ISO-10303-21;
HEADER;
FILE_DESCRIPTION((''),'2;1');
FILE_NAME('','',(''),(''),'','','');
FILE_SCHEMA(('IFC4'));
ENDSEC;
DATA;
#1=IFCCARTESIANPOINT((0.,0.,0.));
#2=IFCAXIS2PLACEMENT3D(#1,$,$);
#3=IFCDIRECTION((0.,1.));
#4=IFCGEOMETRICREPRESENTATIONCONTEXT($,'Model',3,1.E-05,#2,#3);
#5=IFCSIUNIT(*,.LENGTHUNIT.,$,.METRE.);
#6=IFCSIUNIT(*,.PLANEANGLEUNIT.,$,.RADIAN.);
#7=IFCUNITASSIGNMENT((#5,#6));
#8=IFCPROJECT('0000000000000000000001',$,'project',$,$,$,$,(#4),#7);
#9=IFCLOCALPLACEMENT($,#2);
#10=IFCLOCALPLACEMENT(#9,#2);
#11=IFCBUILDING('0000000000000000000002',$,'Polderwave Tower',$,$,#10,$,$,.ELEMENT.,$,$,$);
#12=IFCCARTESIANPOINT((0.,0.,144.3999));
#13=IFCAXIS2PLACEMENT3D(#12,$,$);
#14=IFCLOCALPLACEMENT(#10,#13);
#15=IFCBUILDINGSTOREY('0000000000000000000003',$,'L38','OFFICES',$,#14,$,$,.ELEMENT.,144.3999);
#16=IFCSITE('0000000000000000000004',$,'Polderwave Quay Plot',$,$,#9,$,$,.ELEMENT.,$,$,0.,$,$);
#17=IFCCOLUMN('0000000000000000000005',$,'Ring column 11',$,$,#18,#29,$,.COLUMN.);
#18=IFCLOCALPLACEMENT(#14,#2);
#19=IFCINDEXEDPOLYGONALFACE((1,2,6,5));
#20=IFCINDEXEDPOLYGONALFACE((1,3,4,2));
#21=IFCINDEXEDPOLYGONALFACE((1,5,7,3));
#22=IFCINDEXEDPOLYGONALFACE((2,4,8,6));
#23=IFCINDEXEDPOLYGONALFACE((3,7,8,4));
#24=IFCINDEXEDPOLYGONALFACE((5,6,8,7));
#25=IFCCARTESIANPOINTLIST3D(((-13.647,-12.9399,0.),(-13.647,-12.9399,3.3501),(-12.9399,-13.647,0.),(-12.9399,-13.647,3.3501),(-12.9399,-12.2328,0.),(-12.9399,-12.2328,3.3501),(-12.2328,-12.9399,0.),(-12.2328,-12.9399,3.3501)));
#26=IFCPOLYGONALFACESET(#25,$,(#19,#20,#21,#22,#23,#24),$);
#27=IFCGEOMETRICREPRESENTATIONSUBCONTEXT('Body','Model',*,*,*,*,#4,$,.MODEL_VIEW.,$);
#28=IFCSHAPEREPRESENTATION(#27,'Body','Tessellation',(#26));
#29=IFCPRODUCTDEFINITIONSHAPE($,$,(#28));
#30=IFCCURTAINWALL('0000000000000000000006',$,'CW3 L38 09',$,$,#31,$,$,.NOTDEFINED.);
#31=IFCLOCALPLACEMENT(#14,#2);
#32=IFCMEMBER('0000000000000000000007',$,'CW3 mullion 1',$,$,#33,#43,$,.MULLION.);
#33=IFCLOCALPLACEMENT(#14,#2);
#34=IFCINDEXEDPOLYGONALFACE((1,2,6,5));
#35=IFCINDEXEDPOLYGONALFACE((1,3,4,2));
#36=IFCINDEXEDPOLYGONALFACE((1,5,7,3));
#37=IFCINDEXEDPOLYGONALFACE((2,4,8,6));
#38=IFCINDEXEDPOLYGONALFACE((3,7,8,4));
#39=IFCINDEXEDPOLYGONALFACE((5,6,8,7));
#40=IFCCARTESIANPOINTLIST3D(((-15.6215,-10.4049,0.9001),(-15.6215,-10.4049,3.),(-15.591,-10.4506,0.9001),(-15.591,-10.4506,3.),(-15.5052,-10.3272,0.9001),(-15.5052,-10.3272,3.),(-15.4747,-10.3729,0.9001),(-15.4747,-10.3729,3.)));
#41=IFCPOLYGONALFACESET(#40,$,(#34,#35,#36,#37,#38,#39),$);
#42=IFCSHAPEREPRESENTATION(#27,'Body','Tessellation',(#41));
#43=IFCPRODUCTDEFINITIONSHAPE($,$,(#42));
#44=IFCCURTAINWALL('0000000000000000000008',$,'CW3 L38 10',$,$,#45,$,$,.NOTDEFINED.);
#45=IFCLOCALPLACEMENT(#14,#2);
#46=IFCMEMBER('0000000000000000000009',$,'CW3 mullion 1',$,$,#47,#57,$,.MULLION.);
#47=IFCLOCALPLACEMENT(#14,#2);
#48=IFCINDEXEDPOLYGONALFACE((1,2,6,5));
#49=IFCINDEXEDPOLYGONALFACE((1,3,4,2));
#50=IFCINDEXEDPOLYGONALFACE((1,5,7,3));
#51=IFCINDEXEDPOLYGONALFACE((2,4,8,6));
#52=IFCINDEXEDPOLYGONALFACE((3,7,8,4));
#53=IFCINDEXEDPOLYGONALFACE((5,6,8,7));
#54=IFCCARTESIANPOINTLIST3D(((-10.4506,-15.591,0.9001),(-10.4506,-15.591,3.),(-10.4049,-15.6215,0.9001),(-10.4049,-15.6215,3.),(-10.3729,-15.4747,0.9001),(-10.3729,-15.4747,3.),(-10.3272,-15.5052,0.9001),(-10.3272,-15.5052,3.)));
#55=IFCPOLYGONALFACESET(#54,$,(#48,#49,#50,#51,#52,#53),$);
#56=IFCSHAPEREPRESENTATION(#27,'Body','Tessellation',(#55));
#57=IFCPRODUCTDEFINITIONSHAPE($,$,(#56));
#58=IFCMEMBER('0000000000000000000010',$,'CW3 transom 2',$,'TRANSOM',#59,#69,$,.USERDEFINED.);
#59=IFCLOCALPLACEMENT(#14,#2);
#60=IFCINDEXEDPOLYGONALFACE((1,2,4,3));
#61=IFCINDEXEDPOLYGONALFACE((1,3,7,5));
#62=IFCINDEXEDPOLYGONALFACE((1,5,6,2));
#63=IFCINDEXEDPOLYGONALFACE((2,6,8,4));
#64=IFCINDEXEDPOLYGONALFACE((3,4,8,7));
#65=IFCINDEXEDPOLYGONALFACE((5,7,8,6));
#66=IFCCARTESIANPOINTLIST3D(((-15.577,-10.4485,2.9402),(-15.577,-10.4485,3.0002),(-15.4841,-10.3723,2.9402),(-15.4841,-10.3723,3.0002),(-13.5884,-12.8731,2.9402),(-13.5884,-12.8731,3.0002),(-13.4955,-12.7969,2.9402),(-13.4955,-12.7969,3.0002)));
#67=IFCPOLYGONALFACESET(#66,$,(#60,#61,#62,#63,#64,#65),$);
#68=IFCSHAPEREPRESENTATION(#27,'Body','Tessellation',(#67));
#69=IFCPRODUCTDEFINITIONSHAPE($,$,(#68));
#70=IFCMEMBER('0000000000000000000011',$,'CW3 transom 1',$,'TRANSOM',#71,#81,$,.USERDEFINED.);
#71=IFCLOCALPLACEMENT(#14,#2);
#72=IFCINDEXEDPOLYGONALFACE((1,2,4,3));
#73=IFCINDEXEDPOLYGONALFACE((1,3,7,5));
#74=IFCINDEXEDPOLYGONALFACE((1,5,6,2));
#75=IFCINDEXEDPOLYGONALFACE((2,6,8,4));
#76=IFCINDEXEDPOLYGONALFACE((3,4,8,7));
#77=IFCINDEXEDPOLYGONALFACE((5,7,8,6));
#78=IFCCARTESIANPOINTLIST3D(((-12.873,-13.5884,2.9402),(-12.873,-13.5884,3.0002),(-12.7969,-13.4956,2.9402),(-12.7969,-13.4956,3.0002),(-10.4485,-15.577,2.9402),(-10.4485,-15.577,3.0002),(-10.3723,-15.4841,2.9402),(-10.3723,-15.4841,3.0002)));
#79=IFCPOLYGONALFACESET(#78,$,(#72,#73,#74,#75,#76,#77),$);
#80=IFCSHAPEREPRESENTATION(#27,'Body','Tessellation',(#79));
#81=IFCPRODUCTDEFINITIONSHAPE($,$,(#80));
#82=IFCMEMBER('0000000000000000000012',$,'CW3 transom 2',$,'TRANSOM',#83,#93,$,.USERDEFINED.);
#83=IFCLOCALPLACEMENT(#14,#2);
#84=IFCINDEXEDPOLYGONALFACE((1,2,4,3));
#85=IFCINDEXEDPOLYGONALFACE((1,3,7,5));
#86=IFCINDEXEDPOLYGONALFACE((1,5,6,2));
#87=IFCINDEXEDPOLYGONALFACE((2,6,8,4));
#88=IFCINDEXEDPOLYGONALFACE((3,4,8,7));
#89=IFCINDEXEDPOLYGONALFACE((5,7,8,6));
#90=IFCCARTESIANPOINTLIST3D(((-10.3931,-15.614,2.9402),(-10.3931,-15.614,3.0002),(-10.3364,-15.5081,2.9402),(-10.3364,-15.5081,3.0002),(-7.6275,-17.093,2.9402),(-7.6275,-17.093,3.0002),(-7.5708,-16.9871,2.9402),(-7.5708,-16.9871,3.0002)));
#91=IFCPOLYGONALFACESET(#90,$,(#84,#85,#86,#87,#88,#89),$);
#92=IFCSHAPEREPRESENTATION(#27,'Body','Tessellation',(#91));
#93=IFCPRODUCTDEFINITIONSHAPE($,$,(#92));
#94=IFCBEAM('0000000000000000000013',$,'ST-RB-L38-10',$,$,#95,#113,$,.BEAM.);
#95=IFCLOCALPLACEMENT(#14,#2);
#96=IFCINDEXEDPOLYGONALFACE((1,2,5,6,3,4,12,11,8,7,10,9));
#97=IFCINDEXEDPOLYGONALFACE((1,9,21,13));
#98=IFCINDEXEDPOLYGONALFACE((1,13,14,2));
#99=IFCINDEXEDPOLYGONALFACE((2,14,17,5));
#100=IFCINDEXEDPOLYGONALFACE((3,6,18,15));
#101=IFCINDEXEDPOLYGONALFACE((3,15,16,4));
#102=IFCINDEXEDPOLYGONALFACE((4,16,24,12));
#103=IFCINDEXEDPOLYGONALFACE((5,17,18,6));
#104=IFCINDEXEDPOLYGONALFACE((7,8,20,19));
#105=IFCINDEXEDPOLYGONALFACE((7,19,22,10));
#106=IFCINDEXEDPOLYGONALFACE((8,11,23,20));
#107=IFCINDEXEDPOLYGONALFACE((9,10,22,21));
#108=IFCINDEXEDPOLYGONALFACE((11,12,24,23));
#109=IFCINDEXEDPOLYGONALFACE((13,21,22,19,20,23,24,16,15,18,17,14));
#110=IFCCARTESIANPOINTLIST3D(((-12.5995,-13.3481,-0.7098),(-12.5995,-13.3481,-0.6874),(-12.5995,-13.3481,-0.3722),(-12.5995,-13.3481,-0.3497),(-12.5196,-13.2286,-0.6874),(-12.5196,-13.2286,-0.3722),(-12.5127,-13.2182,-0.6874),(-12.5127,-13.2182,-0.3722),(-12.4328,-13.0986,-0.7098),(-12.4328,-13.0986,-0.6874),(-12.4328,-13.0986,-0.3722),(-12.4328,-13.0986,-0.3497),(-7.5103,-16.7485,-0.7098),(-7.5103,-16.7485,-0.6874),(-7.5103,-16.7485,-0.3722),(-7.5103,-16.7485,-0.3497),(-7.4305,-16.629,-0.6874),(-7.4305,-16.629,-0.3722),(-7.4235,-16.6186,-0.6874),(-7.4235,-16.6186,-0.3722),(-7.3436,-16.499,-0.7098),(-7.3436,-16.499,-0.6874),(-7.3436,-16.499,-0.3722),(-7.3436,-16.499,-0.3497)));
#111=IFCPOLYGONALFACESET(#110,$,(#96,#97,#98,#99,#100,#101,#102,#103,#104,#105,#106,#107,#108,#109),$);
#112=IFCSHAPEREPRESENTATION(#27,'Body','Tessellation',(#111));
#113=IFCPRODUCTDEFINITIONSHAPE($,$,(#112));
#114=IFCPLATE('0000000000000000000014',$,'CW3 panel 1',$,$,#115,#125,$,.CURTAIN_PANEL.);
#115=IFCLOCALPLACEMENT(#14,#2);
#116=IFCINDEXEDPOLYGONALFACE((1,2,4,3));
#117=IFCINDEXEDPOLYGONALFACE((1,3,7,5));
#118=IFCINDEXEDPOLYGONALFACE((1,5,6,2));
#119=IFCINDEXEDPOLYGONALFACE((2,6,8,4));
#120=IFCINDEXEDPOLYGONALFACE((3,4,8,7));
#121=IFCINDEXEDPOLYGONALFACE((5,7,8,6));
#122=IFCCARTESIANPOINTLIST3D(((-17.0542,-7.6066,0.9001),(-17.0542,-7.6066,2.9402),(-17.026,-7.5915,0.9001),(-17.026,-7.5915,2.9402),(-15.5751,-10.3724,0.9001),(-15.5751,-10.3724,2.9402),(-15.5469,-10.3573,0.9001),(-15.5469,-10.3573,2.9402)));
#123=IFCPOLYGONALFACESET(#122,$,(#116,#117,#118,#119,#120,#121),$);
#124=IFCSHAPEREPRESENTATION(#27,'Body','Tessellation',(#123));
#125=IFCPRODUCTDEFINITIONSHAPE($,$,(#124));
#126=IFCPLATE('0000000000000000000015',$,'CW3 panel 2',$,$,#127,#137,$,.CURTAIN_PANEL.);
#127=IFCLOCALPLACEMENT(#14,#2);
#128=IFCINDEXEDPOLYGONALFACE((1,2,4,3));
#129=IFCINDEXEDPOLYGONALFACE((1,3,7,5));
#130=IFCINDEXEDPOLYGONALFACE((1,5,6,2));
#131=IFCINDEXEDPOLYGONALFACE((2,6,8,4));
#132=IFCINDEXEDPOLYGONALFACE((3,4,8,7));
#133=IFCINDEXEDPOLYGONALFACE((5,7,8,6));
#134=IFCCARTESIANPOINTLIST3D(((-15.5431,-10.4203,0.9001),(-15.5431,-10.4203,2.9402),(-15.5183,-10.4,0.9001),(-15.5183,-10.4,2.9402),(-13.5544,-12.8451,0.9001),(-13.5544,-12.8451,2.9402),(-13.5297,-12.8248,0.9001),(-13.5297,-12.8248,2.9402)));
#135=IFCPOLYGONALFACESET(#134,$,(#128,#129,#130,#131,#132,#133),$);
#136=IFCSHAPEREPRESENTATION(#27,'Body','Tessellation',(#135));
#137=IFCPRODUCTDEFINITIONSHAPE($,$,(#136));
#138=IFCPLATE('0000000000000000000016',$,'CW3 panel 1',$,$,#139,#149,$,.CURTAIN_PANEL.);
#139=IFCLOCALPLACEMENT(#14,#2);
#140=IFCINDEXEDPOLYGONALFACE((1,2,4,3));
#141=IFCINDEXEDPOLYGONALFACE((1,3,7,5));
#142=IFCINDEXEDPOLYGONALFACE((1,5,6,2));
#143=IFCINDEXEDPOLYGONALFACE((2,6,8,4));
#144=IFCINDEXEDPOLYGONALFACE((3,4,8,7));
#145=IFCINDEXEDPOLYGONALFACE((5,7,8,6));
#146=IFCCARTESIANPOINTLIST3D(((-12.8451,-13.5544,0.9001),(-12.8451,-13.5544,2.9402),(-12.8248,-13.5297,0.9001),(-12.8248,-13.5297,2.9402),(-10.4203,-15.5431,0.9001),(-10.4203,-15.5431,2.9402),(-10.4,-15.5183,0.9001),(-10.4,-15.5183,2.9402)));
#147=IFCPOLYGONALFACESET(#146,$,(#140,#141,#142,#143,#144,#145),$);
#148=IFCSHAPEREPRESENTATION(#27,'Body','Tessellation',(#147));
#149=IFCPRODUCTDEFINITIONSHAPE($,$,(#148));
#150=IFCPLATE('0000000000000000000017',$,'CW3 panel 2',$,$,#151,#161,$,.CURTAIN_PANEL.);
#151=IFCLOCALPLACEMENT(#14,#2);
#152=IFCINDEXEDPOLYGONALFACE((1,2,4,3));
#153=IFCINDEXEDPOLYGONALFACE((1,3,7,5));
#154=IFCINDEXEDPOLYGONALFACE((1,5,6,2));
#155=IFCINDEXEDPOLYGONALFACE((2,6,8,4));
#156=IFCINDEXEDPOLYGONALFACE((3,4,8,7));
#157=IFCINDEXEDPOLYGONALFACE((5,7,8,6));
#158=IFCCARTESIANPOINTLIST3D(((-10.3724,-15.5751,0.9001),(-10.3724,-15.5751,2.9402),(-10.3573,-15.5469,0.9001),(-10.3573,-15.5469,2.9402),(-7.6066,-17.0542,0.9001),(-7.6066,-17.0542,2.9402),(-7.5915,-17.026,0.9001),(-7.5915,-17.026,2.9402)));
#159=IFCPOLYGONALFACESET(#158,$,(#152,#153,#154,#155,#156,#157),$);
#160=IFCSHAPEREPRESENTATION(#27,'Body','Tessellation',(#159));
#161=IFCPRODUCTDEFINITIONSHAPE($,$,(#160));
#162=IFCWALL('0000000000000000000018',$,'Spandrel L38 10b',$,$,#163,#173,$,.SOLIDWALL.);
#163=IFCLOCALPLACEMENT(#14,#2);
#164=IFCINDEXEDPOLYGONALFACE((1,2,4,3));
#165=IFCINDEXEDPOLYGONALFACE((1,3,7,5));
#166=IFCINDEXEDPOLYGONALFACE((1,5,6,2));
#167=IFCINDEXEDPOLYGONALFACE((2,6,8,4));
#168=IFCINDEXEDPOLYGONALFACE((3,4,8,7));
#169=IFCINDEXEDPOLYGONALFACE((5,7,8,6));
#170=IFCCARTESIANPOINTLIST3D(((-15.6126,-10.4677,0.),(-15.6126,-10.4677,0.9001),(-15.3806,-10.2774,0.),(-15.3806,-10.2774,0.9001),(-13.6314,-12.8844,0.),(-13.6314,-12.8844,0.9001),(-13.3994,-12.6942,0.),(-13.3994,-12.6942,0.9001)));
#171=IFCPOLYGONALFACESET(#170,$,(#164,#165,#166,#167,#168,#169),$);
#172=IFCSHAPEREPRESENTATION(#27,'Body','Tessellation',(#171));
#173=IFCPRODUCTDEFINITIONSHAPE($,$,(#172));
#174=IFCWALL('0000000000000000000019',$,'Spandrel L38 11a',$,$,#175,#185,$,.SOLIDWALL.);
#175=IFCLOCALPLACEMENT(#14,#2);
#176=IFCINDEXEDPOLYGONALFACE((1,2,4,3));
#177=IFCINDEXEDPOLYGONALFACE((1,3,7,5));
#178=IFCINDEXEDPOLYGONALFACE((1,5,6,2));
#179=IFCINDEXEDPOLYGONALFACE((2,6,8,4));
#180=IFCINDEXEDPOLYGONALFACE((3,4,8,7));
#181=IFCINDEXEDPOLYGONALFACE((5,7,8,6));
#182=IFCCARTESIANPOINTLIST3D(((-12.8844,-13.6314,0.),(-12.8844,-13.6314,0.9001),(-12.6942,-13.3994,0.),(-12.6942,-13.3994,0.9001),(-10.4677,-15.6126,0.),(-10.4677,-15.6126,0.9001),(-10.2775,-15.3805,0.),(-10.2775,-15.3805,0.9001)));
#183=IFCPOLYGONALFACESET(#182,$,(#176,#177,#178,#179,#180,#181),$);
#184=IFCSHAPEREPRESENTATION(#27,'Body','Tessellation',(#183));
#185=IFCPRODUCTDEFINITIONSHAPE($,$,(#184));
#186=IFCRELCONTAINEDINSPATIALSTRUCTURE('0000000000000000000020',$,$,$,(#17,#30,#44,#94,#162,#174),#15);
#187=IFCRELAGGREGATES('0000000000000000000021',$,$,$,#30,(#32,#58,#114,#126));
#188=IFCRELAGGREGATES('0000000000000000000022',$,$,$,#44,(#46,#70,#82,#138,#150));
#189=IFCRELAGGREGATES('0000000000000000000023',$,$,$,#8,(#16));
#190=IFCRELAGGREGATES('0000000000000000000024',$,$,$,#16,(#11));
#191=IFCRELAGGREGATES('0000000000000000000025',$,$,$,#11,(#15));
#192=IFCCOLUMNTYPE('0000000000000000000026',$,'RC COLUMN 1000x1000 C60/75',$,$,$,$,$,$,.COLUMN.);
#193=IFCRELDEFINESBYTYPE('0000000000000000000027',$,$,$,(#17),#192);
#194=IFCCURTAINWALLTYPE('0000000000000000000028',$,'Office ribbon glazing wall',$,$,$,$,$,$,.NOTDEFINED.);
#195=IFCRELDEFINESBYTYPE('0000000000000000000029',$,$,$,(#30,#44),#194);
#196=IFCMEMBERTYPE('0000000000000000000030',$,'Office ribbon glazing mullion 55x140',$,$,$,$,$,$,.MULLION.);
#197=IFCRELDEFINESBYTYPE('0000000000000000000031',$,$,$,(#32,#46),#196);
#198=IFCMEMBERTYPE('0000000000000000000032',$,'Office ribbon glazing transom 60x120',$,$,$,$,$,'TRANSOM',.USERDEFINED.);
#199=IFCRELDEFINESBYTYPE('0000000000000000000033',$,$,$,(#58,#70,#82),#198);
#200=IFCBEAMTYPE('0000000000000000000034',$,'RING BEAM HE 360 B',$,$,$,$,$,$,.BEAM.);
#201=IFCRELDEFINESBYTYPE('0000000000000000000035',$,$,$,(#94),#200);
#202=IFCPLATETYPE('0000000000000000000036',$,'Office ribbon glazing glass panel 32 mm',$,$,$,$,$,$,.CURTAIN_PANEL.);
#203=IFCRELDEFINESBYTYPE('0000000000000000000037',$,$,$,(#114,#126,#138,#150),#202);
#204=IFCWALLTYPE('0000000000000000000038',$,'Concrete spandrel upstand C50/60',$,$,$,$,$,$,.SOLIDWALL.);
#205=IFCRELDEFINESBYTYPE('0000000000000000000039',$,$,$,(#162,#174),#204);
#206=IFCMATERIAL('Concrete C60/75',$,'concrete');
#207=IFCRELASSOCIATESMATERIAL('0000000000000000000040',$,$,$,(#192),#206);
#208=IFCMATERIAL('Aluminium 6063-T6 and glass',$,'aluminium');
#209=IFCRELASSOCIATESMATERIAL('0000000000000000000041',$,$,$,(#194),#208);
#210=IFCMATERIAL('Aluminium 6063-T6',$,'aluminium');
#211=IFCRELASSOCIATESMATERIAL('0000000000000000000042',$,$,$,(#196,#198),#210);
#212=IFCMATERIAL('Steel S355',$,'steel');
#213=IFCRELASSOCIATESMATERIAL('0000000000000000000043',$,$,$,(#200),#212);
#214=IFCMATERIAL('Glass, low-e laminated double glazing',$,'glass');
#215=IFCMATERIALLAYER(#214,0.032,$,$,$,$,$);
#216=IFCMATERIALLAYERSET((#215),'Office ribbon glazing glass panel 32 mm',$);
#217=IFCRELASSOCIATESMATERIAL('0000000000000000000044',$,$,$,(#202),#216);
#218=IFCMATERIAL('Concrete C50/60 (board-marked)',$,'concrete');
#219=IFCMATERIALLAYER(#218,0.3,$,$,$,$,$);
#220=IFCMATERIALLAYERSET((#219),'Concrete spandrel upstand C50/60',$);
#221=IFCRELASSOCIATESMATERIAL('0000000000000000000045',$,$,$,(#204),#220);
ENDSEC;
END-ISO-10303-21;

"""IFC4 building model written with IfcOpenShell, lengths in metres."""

from ifc_helpers import new_model, si_unit, direction, frame, frame_2d, origin, origin_2d, place, context, subcontext, project, spatial, rectangle, i_section, extrude, material, layer, layer_set, material_profile, profile_set, type_object, element, aggregate, save


model = new_model("IFC4")

# Units and contexts
model_context = context("Model", 3, precision=1e-05, world=origin(), true_north=direction((0.0, 1.0)))
body_context = subcontext(model_context, "Body", "Model", "MODEL_VIEW")
ifc_project = project(units=[si_unit("LENGTHUNIT", "METRE"), si_unit("PLANEANGLEUNIT", "RADIAN")], contexts=[model_context])

# Site, building, storey
site_placement = place(None, origin())
site = spatial("IfcSite", under=ifc_project, at=site_placement, Name="Polderwave Quay Plot", CompositionType="ELEMENT", RefElevation=0.0)
building_placement = place(site_placement, origin())
building = spatial("IfcBuilding", under=site, at=building_placement, Name="Polderwave Tower", CompositionType="ELEMENT")
storey_placement = place(building_placement, frame((0.0, 0.0, 144.3999)))
storey = spatial("IfcBuildingStorey", under=building, at=storey_placement, Name="L38", Description="OFFICES", CompositionType="ELEMENT", Elevation=144.3999)

# Column
ifc_material_1 = material(Name="Concrete C60/75", Category="concrete")
ifc_material_profile_1 = material_profile(ifc_material_1, rectangle(XDim=1.0, YDim=1.0, at=origin_2d()), Name="RC 1000x1000")
ifc_profile_set_1 = profile_set([ifc_material_profile_1], Name="Concrete C60/75")
column_type = type_object("IfcColumnType", Name="RC COLUMN 1000x1000 C60/75", PredefinedType="COLUMN", material=ifc_profile_set_1)
column_placement = place(storey_placement, frame((-12.9399, -12.9399, 0.0), z_axis=(0.0, 0.0, 1.0), x_axis=(-0.707107, -0.707107, 0.0)))
element("IfcColumn", 1, at=column_placement, inside=storey, type_object=column_type, Name="Ring column 11", PredefinedType="COLUMN", context=body_context, shape_type="SweptSolid", body=[
    extrude(rectangle(XDim=1.0, YDim=1.0, at=origin_2d()), origin(), (0.0, 0.0, 1.0), 3.3501),
])

# Curtain walls, members
ifc_material_2 = material(Name="Aluminium 6063-T6 and glass", Category="aluminium")
curtain_wall_type = type_object("IfcCurtainWallType", Name="Office ribbon glazing wall", PredefinedType="NOTDEFINED", material=ifc_material_2)
curtain_wall_1_placement = place(storey_placement, origin())
curtain_wall_1 = element("IfcCurtainWall", 2, at=curtain_wall_1_placement, inside=storey, type_object=curtain_wall_type, Name="CW3 L38 09", PredefinedType="NOTDEFINED")
ifc_material_3 = material(Name="Aluminium 6063-T6", Category="aluminium")
ifc_material_profile_2 = material_profile(ifc_material_3, rectangle(XDim=0.1399, YDim=0.0549, at=origin_2d()), Name="AL 55x140")
ifc_profile_set_2 = profile_set([ifc_material_profile_2], Name="Aluminium 6063-T6")
member_type_1 = type_object("IfcMemberType", Name="Office ribbon glazing mullion 55x140", PredefinedType="MULLION", material=ifc_profile_set_2)
member_1_placement = place(storey_placement, frame((-15.5481, -10.3889, 0.9001), z_axis=(0.0, 0.0, 1.0), x_axis=(0.831508, 0.555512, 0.0)))
member_1 = element("IfcMember", 3, at=member_1_placement, type_object=member_type_1, Name="CW3 mullion 1", PredefinedType="MULLION", context=body_context, shape_type="SweptSolid", body=[
    extrude(rectangle(XDim=0.1399, YDim=0.0549, at=origin_2d()), origin(), (0.0, 0.0, 1.0), 2.0999),
])
curtain_wall_2_placement = place(storey_placement, origin())
curtain_wall_2 = element("IfcCurtainWall", 4, at=curtain_wall_2_placement, inside=storey, type_object=curtain_wall_type, Name="CW3 L38 10", PredefinedType="NOTDEFINED")
member_2_placement = place(storey_placement, frame((-10.3889, -15.5481, 0.9001), z_axis=(0.0, 0.0, 1.0), x_axis=(0.555512, 0.831508, 0.0)))
member_2 = element("IfcMember", 5, at=member_2_placement, type_object=member_type_1, Name="CW3 mullion 1", PredefinedType="MULLION", context=body_context, shape_type="SweptSolid", body=[
    extrude(rectangle(XDim=0.1399, YDim=0.0549, at=origin_2d()), origin(), (0.0, 0.0, 1.0), 2.0999),
])

# Members
ifc_material_profile_3 = material_profile(ifc_material_3, rectangle(XDim=0.1201, YDim=0.0601, at=origin_2d()), Name="AL 60x120")
ifc_profile_set_3 = profile_set([ifc_material_profile_3], Name="Aluminium 6063-T6")
member_type_2 = type_object("IfcMemberType", Name="Office ribbon glazing transom 60x120", ElementType="TRANSOM", PredefinedType="USERDEFINED", material=ifc_profile_set_3)
member_3_placement = place(storey_placement, frame((-15.5305, -10.4104, 2.9702), z_axis=(0.634153, -0.773207, 0.0), x_axis=(0.773207, 0.634153, 0.0)))
member_3 = element("IfcMember", 6, at=member_3_placement, type_object=member_type_2, Name="CW3 transom 2", ObjectType="TRANSOM", PredefinedType="USERDEFINED", context=body_context, shape_type="SweptSolid", body=[
    extrude(rectangle(XDim=0.1201, YDim=0.0601, at=origin_2d()), origin(), (0.0, 0.0, 1.0), 3.1357),
])
member_4_placement = place(storey_placement, frame((-12.835, -13.542, 2.9702), z_axis=(0.773207, -0.634153, 0.0), x_axis=(0.634153, 0.773207, 0.0)))
member_4 = element("IfcMember", 7, at=member_4_placement, type_object=member_type_2, Name="CW3 transom 1", ObjectType="TRANSOM", PredefinedType="USERDEFINED", context=body_context, shape_type="SweptSolid", body=[
    extrude(rectangle(XDim=0.1201, YDim=0.0601, at=origin_2d()), origin(), (0.0, 0.0, 1.0), 3.1357),
])
member_5_placement = place(storey_placement, frame((-10.3647, -15.561, 2.9702), z_axis=(0.881822, -0.471582, 0.0), x_axis=(0.471582, 0.881822, 0.0)))
member_5 = element("IfcMember", 8, at=member_5_placement, type_object=member_type_2, Name="CW3 transom 2", ObjectType="TRANSOM", PredefinedType="USERDEFINED", context=body_context, shape_type="SweptSolid", body=[
    extrude(rectangle(XDim=0.1201, YDim=0.0601, at=origin_2d()), origin(), (0.0, 0.0, 1.0), 3.1362),
])

# Beam
ifc_material_4 = material(Name="Steel S355", Category="steel")
ifc_material_profile_4 = material_profile(ifc_material_4, i_section(OverallWidth=0.3, OverallDepth=0.3601, WebThickness=0.0125, FlangeThickness=0.0225, at=origin_2d()), Name="HE 360 B")
ifc_profile_set_4 = profile_set([ifc_material_profile_4], Name="Steel S355")
beam_type = type_object("IfcBeamType", Name="RING BEAM HE 360 B", PredefinedType="BEAM", material=ifc_profile_set_4)
beam_placement = place(storey_placement, frame((-12.5161, -13.2234, -0.5298), z_axis=(0.831473, -0.555565, 0.0), x_axis=(0.555565, 0.831473, 0.0)))
element("IfcBeam", 9, at=beam_placement, inside=storey, type_object=beam_type, Name="ST-RB-L38-10", PredefinedType="BEAM", context=body_context, shape_type="SweptSolid", body=[
    extrude(i_section(OverallWidth=0.3, OverallDepth=0.3601, WebThickness=0.0125, FlangeThickness=0.0225, at=origin_2d()), origin(), (0.0, 0.0, 1.0), 6.1206),
])

# Plates
ifc_material_5 = material(Name="Glass, low-e laminated double glazing", Category="glass")
ifc_layer_1 = layer(ifc_material_5, 0.032)
ifc_layer_set_1 = layer_set([ifc_layer_1], Name="Office ribbon glazing glass panel 32 mm")
plate_type = type_object("IfcPlateType", Name="Office ribbon glazing glass panel 32 mm", PredefinedType="CURTAIN_PANEL", material=ifc_layer_set_1)
plate_1_placement = place(storey_placement, frame((-16.3005, -8.9819, 0.9001), z_axis=(0.0, 0.0, 1.0), x_axis=(0.471572, -0.881827, 0.0)))
plate_1 = element("IfcPlate", 10, at=plate_1_placement, type_object=plate_type, Name="CW3 panel 1", PredefinedType="CURTAIN_PANEL", context=body_context, shape_type="SweptSolid", body=[
    extrude(rectangle(XDim=3.1365, YDim=0.032, at=origin_2d()), origin(), (0.0, 0.0, 1.0), 2.04),
])
plate_2_placement = place(storey_placement, frame((-14.5364, -11.6226, 0.9001), z_axis=(0.0, 0.0, 1.0), x_axis=(0.634133, -0.773224, 0.0)))
plate_2 = element("IfcPlate", 11, at=plate_2_placement, type_object=plate_type, Name="CW3 panel 2", PredefinedType="CURTAIN_PANEL", context=body_context, shape_type="SweptSolid", body=[
    extrude(rectangle(XDim=3.136, YDim=0.032, at=origin_2d()), origin(), (0.0, 0.0, 1.0), 2.04),
])
aggregate(curtain_wall_1, [member_1, member_3, plate_1, plate_2])
plate_3_placement = place(storey_placement, frame((-11.6226, -14.5364, 0.9001), z_axis=(0.0, 0.0, 1.0), x_axis=(0.773224, -0.634133, 0.0)))
plate_3 = element("IfcPlate", 12, at=plate_3_placement, type_object=plate_type, Name="CW3 panel 1", PredefinedType="CURTAIN_PANEL", context=body_context, shape_type="SweptSolid", body=[
    extrude(rectangle(XDim=3.136, YDim=0.032, at=origin_2d()), origin(), (0.0, 0.0, 1.0), 2.04),
])
plate_4_placement = place(storey_placement, frame((-8.9819, -16.3005, 0.9001), z_axis=(0.0, 0.0, 1.0), x_axis=(0.881827, -0.471572, 0.0)))
plate_4 = element("IfcPlate", 13, at=plate_4_placement, type_object=plate_type, Name="CW3 panel 2", PredefinedType="CURTAIN_PANEL", context=body_context, shape_type="SweptSolid", body=[
    extrude(rectangle(XDim=3.1365, YDim=0.032, at=origin_2d()), origin(), (0.0, 0.0, 1.0), 2.04),
])
aggregate(curtain_wall_2, [member_2, member_4, member_5, plate_3, plate_4])

# Walls
ifc_material_6 = material(Name="Concrete C50/60 (board-marked)", Category="concrete")
ifc_layer_2 = layer(ifc_material_6, 0.3)
ifc_layer_set_2 = layer_set([ifc_layer_2], Name="Concrete spandrel upstand C50/60")
wall_type_1 = type_object("IfcWallType", Name="Concrete spandrel upstand C50/60", PredefinedType="SOLIDWALL", material=ifc_layer_set_2)
for number, where, z_axis, x_axis, name in (
    (14, (-15.4966, -10.3726, 0.0), (0.0, 0.0, 1.0), (0.633978, -0.773351, 0.0), "Spandrel L38 10b"),
    (15, (-12.7893, -13.5154, 0.0), (0.0, 0.0, 1.0), (0.773351, -0.633978, 0.0), "Spandrel L38 11a"),
):
    element("IfcWall", number, at=place(storey_placement, frame(where, z_axis=z_axis, x_axis=x_axis)), inside=storey, type_object=wall_type_1, Name=name, PredefinedType="SOLIDWALL", context=body_context, shape_type="SweptSolid", body=[
        extrude(rectangle(XDim=3.125, YDim=0.3, at=frame_2d((1.5625, 0.0))), origin(), (0.0, 0.0, 1.0), 0.9001),
    ])

save(model, "model.ifc")
